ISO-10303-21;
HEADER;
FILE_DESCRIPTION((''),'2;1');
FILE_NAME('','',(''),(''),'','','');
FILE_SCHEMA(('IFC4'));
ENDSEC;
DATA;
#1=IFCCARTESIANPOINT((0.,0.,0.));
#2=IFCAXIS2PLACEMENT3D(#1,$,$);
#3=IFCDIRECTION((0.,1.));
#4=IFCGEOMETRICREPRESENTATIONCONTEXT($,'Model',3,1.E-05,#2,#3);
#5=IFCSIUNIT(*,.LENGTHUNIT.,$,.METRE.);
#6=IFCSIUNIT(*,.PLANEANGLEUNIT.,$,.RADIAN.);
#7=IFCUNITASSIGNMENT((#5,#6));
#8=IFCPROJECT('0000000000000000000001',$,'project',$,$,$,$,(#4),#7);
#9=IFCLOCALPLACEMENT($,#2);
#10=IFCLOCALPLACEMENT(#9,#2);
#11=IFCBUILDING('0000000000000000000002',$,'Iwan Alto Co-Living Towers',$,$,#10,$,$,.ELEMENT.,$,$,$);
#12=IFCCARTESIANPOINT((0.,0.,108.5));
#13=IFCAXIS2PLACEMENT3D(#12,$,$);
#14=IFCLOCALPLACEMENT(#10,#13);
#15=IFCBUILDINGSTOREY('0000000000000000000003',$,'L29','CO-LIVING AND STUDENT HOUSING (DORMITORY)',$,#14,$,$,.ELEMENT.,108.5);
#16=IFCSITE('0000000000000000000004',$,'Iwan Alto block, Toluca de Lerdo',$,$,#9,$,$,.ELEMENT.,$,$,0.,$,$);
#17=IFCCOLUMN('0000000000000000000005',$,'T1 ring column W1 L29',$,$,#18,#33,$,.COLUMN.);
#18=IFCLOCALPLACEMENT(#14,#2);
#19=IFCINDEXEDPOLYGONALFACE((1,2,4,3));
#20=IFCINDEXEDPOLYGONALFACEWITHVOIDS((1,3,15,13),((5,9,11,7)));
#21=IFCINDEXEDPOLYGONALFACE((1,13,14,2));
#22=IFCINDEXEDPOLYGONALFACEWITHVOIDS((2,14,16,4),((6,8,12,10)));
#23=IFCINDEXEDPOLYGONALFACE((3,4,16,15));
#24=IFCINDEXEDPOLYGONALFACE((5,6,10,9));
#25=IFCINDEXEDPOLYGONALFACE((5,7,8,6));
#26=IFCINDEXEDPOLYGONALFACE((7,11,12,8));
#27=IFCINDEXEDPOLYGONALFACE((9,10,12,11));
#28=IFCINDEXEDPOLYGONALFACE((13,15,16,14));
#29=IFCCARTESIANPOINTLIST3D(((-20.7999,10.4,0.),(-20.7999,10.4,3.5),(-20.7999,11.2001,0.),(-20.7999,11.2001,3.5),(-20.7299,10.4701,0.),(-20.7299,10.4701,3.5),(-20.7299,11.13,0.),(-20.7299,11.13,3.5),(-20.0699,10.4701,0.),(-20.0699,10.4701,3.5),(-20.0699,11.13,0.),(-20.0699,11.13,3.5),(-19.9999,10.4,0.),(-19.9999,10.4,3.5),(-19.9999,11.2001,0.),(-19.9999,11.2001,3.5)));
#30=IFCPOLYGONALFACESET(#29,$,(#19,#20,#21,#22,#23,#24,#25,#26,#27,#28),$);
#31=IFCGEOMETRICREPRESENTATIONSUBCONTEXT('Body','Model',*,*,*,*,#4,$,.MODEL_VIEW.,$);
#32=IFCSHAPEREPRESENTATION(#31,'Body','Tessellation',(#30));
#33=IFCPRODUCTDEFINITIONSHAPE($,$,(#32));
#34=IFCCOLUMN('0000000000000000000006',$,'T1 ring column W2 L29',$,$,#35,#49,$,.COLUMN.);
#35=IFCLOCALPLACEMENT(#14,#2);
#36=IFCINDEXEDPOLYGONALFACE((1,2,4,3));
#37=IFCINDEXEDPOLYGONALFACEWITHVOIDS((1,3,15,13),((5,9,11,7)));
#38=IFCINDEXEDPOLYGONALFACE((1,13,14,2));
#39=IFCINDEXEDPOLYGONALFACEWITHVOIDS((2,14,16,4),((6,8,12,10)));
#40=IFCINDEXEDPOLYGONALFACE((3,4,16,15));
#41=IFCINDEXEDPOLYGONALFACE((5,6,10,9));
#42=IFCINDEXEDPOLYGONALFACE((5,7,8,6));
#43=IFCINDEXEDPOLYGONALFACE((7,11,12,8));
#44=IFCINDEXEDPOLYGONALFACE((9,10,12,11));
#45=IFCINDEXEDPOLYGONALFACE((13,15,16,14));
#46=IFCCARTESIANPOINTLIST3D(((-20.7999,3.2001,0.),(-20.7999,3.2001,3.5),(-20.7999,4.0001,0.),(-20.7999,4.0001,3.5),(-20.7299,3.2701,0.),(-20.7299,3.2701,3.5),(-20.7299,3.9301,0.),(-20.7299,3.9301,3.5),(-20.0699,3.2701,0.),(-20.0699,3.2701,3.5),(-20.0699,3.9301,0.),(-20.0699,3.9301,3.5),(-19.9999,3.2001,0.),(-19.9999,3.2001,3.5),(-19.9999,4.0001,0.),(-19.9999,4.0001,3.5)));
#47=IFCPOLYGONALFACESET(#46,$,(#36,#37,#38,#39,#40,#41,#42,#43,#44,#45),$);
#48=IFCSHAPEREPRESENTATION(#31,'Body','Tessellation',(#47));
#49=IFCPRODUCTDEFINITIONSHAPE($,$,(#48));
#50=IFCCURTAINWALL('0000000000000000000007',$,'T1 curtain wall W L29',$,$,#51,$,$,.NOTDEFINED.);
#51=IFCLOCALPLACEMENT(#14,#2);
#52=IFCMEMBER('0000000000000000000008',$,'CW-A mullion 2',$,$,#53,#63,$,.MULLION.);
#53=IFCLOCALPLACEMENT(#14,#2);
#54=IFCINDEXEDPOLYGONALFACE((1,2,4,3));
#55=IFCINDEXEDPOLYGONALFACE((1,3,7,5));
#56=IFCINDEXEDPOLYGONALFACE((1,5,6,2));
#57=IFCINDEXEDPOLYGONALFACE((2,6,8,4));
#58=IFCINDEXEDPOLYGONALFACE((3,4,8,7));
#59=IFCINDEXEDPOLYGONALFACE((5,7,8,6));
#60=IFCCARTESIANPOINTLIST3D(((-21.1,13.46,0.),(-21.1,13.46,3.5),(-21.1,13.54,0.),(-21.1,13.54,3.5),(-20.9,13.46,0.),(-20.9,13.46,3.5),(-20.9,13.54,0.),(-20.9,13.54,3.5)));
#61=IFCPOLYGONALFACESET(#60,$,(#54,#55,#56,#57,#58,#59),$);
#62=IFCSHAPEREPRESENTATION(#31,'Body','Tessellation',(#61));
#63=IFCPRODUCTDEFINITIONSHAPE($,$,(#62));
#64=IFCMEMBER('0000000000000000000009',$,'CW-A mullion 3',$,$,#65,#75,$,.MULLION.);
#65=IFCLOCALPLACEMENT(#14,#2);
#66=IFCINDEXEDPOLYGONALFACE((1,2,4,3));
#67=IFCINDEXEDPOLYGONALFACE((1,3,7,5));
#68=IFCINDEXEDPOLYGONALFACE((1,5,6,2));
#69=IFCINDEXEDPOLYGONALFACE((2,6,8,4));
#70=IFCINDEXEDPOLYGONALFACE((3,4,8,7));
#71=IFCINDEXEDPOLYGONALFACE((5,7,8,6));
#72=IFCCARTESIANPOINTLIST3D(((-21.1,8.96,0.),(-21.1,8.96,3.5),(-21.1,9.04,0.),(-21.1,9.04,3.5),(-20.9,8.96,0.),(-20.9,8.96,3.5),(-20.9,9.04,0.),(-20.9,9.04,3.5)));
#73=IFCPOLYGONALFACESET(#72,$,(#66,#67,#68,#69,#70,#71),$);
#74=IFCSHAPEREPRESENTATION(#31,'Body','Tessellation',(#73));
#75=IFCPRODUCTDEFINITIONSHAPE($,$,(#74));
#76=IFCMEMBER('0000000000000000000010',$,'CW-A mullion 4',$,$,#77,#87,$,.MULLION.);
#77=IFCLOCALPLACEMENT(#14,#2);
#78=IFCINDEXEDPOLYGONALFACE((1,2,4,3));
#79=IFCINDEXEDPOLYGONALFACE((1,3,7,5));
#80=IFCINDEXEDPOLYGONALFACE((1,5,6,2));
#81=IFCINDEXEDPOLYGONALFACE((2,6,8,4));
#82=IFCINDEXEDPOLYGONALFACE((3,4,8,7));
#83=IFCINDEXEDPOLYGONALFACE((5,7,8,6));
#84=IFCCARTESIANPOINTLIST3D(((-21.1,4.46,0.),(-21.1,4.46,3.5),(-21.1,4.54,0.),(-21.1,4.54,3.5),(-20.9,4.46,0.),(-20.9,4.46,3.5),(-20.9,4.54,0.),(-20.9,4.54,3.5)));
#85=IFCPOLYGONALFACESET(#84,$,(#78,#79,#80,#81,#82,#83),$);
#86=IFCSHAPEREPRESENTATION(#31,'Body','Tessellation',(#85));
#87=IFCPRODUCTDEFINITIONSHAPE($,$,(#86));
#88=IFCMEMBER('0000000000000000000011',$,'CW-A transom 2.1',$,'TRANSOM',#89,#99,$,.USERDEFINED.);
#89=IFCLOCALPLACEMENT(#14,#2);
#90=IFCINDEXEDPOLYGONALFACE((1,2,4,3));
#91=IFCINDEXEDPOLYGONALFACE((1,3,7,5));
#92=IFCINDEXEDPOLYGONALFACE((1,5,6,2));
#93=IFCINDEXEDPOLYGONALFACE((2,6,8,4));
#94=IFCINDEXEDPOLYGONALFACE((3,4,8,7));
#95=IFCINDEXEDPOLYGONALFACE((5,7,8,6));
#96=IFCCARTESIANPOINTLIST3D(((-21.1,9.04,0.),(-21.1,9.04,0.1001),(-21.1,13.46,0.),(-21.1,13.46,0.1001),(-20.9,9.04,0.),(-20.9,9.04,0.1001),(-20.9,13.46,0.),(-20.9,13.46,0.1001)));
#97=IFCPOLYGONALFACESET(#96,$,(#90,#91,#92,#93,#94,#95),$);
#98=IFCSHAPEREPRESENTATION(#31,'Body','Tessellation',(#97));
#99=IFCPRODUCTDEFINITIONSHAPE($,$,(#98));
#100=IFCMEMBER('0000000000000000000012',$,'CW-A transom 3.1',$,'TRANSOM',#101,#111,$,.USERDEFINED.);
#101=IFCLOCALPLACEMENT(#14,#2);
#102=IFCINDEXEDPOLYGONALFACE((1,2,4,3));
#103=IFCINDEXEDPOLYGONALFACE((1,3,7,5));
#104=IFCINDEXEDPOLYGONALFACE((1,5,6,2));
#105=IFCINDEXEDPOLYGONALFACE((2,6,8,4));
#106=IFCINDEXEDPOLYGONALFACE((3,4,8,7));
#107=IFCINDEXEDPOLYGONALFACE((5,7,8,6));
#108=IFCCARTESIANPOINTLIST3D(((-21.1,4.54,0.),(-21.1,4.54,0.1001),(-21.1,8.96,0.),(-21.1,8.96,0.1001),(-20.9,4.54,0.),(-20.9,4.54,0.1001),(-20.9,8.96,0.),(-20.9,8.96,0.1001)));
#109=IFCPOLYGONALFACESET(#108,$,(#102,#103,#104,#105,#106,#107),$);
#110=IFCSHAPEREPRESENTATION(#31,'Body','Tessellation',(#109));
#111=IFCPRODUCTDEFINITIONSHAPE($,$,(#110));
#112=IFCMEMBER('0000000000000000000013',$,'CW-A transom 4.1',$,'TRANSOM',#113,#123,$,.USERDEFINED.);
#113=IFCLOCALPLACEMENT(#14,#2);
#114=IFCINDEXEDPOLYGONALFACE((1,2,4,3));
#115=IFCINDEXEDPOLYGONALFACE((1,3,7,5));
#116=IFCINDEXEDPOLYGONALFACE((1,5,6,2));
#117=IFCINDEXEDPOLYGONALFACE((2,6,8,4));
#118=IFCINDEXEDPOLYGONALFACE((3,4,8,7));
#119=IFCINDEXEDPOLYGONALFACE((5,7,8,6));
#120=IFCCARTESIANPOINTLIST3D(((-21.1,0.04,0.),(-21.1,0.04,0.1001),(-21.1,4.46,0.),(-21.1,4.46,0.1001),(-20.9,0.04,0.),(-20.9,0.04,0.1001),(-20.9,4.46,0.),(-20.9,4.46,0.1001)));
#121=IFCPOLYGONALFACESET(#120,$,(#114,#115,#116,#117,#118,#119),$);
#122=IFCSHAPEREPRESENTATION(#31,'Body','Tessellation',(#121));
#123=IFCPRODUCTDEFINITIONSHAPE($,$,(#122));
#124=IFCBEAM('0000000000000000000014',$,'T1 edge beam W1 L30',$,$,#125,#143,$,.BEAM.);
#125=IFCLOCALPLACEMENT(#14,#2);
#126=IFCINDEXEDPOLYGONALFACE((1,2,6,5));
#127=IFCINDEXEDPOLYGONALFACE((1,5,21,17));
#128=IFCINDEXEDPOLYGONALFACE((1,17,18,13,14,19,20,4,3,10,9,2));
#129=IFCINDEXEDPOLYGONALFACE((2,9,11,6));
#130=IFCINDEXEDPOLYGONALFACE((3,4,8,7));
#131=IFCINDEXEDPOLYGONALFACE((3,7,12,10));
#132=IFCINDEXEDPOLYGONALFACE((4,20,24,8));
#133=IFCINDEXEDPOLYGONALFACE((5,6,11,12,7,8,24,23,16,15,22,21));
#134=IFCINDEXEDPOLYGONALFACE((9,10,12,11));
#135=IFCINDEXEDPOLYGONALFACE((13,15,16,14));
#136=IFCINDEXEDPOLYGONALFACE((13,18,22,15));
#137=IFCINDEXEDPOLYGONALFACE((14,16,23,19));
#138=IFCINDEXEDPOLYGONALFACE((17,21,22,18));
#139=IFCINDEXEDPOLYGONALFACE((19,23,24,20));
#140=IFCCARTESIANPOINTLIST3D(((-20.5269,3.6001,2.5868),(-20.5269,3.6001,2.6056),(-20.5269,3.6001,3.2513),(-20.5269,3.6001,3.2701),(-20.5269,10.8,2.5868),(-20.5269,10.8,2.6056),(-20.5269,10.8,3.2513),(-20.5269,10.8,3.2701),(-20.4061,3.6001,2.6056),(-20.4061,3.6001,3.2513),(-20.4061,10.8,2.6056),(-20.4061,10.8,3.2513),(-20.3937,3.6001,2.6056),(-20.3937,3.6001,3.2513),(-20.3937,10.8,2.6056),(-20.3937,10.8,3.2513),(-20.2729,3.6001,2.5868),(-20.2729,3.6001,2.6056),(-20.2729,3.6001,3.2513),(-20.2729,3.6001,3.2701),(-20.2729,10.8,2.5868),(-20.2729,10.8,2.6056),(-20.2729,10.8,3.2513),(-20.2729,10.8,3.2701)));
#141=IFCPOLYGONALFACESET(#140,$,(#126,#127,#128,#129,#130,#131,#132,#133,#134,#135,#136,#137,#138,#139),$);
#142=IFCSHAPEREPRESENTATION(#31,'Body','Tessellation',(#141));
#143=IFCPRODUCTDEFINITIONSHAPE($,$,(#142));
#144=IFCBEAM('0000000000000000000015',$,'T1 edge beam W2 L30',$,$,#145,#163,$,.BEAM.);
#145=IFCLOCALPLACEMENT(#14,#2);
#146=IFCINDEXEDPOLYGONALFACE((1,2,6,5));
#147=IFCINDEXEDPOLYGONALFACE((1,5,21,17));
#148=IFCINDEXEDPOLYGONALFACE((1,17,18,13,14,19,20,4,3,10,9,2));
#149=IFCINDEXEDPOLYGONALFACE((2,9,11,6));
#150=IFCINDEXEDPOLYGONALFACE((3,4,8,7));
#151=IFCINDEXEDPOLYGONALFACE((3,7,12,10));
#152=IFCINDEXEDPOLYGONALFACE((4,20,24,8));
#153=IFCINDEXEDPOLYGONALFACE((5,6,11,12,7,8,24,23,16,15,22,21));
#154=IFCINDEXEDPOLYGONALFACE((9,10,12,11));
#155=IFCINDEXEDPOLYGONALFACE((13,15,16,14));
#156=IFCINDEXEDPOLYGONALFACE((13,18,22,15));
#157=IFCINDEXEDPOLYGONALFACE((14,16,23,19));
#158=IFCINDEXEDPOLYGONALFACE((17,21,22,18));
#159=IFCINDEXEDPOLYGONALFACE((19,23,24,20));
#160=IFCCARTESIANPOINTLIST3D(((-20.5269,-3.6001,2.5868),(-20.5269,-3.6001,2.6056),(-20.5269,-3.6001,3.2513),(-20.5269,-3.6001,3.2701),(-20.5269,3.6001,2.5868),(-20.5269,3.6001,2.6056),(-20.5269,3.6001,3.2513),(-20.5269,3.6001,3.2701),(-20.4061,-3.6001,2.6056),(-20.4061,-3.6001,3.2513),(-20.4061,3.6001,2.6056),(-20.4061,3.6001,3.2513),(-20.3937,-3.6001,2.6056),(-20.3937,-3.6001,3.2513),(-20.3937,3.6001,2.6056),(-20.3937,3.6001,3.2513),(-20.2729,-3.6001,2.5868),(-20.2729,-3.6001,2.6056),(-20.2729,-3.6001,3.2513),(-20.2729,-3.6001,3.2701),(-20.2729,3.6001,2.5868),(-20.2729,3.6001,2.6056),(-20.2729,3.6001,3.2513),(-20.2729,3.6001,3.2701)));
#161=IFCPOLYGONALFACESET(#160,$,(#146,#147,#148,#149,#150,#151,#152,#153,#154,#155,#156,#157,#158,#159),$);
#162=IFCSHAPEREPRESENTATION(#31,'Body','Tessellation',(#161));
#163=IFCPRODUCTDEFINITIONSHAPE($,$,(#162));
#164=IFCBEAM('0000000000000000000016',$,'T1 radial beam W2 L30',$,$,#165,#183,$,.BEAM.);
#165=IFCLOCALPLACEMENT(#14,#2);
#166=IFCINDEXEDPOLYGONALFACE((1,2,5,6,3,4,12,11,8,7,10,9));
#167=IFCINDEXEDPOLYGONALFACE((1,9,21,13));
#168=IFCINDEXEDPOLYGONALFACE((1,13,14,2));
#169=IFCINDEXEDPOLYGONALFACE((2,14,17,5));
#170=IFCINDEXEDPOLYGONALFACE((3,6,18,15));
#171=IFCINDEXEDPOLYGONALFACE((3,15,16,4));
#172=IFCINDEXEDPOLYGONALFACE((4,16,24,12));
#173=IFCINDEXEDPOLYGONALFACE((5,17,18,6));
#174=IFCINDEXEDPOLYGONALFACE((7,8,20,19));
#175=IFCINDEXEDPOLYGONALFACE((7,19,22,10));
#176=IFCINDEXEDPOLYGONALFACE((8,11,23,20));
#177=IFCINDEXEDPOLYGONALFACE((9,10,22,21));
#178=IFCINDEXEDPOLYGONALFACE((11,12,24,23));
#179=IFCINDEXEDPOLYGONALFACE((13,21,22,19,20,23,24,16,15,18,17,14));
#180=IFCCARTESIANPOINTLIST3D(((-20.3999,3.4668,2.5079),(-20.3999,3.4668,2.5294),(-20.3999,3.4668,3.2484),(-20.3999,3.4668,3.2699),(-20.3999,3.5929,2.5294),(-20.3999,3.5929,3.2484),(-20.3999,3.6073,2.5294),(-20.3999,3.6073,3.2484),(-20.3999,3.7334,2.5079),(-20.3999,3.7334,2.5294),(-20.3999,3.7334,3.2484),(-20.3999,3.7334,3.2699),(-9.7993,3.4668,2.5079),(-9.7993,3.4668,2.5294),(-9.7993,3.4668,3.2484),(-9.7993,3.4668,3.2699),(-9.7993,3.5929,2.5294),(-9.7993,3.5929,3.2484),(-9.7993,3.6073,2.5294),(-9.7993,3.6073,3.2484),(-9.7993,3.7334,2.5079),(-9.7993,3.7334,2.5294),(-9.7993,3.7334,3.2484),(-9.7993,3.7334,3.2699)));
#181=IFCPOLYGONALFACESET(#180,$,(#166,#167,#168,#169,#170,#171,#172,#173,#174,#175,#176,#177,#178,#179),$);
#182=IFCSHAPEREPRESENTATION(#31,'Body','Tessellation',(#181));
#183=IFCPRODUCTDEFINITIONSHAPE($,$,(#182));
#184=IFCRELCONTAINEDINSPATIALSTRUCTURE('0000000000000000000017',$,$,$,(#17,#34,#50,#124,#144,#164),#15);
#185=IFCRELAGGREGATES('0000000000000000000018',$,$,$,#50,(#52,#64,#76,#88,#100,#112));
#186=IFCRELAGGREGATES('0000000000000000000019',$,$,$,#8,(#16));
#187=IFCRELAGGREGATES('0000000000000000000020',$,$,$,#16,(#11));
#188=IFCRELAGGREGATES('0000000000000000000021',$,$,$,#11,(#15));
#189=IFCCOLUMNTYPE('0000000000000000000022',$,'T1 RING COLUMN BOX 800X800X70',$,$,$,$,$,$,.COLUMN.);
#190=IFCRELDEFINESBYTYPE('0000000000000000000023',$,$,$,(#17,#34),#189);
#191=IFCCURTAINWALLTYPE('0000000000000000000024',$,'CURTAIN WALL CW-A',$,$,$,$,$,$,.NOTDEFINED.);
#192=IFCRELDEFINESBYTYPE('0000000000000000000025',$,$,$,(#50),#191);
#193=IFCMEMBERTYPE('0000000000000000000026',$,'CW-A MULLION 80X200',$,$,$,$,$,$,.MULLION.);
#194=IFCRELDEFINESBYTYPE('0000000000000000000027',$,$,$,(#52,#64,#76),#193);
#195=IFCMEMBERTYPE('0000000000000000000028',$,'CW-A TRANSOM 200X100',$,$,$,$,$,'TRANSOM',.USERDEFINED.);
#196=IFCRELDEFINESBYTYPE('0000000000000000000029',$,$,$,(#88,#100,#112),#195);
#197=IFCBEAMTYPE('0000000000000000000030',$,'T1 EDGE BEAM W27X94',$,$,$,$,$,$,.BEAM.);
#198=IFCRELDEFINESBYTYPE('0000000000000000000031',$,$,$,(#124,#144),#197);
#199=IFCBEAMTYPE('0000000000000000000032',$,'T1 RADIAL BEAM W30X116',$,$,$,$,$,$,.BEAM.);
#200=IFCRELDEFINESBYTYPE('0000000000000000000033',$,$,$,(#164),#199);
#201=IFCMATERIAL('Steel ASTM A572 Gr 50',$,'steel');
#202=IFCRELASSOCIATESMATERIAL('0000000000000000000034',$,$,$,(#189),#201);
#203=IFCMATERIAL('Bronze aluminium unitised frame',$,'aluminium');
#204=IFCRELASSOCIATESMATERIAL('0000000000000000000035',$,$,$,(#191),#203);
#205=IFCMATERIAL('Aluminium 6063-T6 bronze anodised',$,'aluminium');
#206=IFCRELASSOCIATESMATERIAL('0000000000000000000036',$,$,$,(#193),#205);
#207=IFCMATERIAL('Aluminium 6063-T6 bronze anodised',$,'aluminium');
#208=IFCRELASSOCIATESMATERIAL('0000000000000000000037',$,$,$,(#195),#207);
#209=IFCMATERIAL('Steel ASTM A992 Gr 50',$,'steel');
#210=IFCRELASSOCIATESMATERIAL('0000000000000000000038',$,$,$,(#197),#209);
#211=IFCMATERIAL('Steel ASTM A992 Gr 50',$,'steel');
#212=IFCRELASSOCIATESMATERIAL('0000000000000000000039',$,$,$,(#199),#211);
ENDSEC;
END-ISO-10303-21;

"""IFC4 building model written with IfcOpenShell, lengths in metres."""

from ifc_helpers import new_model, si_unit, direction, frame, origin, origin_2d, place, context, subcontext, project, spatial, rectangle, hollow_rectangle, i_section, extrude, material, material_profile, profile_set, type_object, element, aggregate, save


model = new_model("IFC4")

# Units and contexts
model_context = context("Model", 3, precision=1e-05, world=origin(), true_north=direction((0.0, 1.0)))
body_context = subcontext(model_context, "Body", "Model", "MODEL_VIEW")
ifc_project = project(units=[si_unit("LENGTHUNIT", "METRE"), si_unit("PLANEANGLEUNIT", "RADIAN")], contexts=[model_context])

# Site, building, storey
site_placement = place(None, origin())
site = spatial("IfcSite", under=ifc_project, at=site_placement, Name="Iwan Alto block, Toluca de Lerdo", CompositionType="ELEMENT", RefElevation=0.0)
building_placement = place(site_placement, origin())
building = spatial("IfcBuilding", under=site, at=building_placement, Name="Iwan Alto Co-Living Towers", CompositionType="ELEMENT")
storey_placement = place(building_placement, frame((0.0, 0.0, 108.5)))
storey = spatial("IfcBuildingStorey", under=building, at=storey_placement, Name="L29", Description="CO-LIVING AND STUDENT HOUSING (DORMITORY)", CompositionType="ELEMENT", Elevation=108.5)

# Columns
ifc_material_1 = material(Name="Steel ASTM A572 Gr 50", Category="steel")
ifc_material_profile_1 = material_profile(ifc_material_1, hollow_rectangle(XDim=0.8, YDim=0.8, WallThickness=0.0701, at=origin_2d()), Name="BOX 800X800X70")
ifc_profile_set_1 = profile_set([ifc_material_profile_1], Name="Steel ASTM A572 Gr 50")
column_type = type_object("IfcColumnType", Name="T1 RING COLUMN BOX 800X800X70", PredefinedType="COLUMN", material=ifc_profile_set_1)
for number, where, z_axis, x_axis, name in (
    (1, (-20.3999, 10.8, 0.0), (0.0, 0.0, 1.0), (1.0, 0.0, 0.0), "T1 ring column W1 L29"),
    (2, (-20.3999, 3.6001, 0.0), (0.0, 0.0, 1.0), (1.0, 0.0, 0.0), "T1 ring column W2 L29"),
):
    element("IfcColumn", number, at=place(storey_placement, frame(where, z_axis=z_axis, x_axis=x_axis)), inside=storey, type_object=column_type, Name=name, PredefinedType="COLUMN", context=body_context, shape_type="SweptSolid", body=[
        extrude(hollow_rectangle(XDim=0.8, YDim=0.8, WallThickness=0.0701, at=origin_2d()), origin(), (0.0, 0.0, 1.0), 3.5),
    ])

# Curtain wall, members
ifc_material_2 = material(Name="Bronze aluminium unitised frame", Category="aluminium")
curtain_wall_type = type_object("IfcCurtainWallType", Name="CURTAIN WALL CW-A", PredefinedType="NOTDEFINED", material=ifc_material_2)
curtain_wall_placement = place(storey_placement, origin())
curtain_wall = element("IfcCurtainWall", 3, at=curtain_wall_placement, inside=storey, type_object=curtain_wall_type, Name="T1 curtain wall W L29", PredefinedType="NOTDEFINED")
ifc_material_3 = material(Name="Aluminium 6063-T6 bronze anodised", Category="aluminium")
ifc_material_profile_2 = material_profile(ifc_material_3, rectangle(XDim=0.2, YDim=0.0801, at=origin_2d()), Name="AL 80X200")
ifc_profile_set_2 = profile_set([ifc_material_profile_2], Name="Aluminium 6063-T6 bronze anodised")
member_type_1 = type_object("IfcMemberType", Name="CW-A MULLION 80X200", PredefinedType="MULLION", material=ifc_profile_set_2)
member_1_placement = place(storey_placement, frame((-21.0, 13.5, 0.0), z_axis=(0.0, 0.0, 1.0), x_axis=(1.0, 0.0, 0.0)))
member_1 = element("IfcMember", 4, at=member_1_placement, type_object=member_type_1, Name="CW-A mullion 2", PredefinedType="MULLION", context=body_context, shape_type="SweptSolid", body=[
    extrude(rectangle(XDim=0.2, YDim=0.0801, at=origin_2d()), origin(), (0.0, 0.0, 1.0), 3.5),
])
member_2_placement = place(storey_placement, frame((-21.0, 9.0, 0.0), z_axis=(0.0, 0.0, 1.0), x_axis=(1.0, 0.0, 0.0)))
member_2 = element("IfcMember", 5, at=member_2_placement, type_object=member_type_1, Name="CW-A mullion 3", PredefinedType="MULLION", context=body_context, shape_type="SweptSolid", body=[
    extrude(rectangle(XDim=0.2, YDim=0.0801, at=origin_2d()), origin(), (0.0, 0.0, 1.0), 3.5),
])
member_3_placement = place(storey_placement, frame((-21.0, 4.5, 0.0), z_axis=(0.0, 0.0, 1.0), x_axis=(1.0, 0.0, 0.0)))
member_3 = element("IfcMember", 6, at=member_3_placement, type_object=member_type_1, Name="CW-A mullion 4", PredefinedType="MULLION", context=body_context, shape_type="SweptSolid", body=[
    extrude(rectangle(XDim=0.2, YDim=0.0801, at=origin_2d()), origin(), (0.0, 0.0, 1.0), 3.5),
])
ifc_material_4 = material(Name="Aluminium 6063-T6 bronze anodised", Category="aluminium")
ifc_material_profile_3 = material_profile(ifc_material_4, rectangle(XDim=0.2, YDim=0.1001, at=origin_2d()), Name="AL 200X100")
ifc_profile_set_3 = profile_set([ifc_material_profile_3], Name="Aluminium 6063-T6 bronze anodised")
member_type_2 = type_object("IfcMemberType", Name="CW-A TRANSOM 200X100", ElementType="TRANSOM", PredefinedType="USERDEFINED", material=ifc_profile_set_3)
member_4_placement = place(storey_placement, frame((-21.0, 13.46, 0.05), z_axis=(0.0, -1.0, 0.0), x_axis=(1.0, 0.0, 0.0)))
member_4 = element("IfcMember", 7, at=member_4_placement, type_object=member_type_2, Name="CW-A transom 2.1", ObjectType="TRANSOM", PredefinedType="USERDEFINED", context=body_context, shape_type="SweptSolid", body=[
    extrude(rectangle(XDim=0.2, YDim=0.1001, at=origin_2d()), origin(), (0.0, 0.0, 1.0), 4.4199),
])
member_5_placement = place(storey_placement, frame((-21.0, 8.96, 0.05), z_axis=(0.0, -1.0, 0.0), x_axis=(1.0, 0.0, 0.0)))
member_5 = element("IfcMember", 8, at=member_5_placement, type_object=member_type_2, Name="CW-A transom 3.1", ObjectType="TRANSOM", PredefinedType="USERDEFINED", context=body_context, shape_type="SweptSolid", body=[
    extrude(rectangle(XDim=0.2, YDim=0.1001, at=origin_2d()), origin(), (0.0, 0.0, 1.0), 4.4199),
])
member_6_placement = place(storey_placement, frame((-21.0, 4.46, 0.05), z_axis=(0.0, -1.0, 0.0), x_axis=(1.0, 0.0, 0.0)))
member_6 = element("IfcMember", 9, at=member_6_placement, type_object=member_type_2, Name="CW-A transom 4.1", ObjectType="TRANSOM", PredefinedType="USERDEFINED", context=body_context, shape_type="SweptSolid", body=[
    extrude(rectangle(XDim=0.2, YDim=0.1001, at=origin_2d()), origin(), (0.0, 0.0, 1.0), 4.4199),
])

# Beams
ifc_material_5 = material(Name="Steel ASTM A992 Gr 50", Category="steel")
ifc_material_profile_4 = material_profile(ifc_material_5, i_section(OverallWidth=0.2539, OverallDepth=0.6833, WebThickness=0.0125, FlangeThickness=0.0188, at=origin_2d()), Name="W27X94")
ifc_profile_set_4 = profile_set([ifc_material_profile_4], Name="Steel ASTM A992 Gr 50")
beam_type_1 = type_object("IfcBeamType", Name="T1 EDGE BEAM W27X94", PredefinedType="BEAM", material=ifc_profile_set_4)
beam_1_placement = place(storey_placement, frame((-20.3999, 10.8, 2.9285), z_axis=(0.0, -1.0, 0.0), x_axis=(1.0, 0.0, 0.0)))
element("IfcBeam", 10, at=beam_1_placement, inside=storey, type_object=beam_type_1, Name="T1 edge beam W1 L30", PredefinedType="BEAM", context=body_context, shape_type="SweptSolid", body=[
    extrude(i_section(OverallWidth=0.2539, OverallDepth=0.6833, WebThickness=0.0125, FlangeThickness=0.0188, at=origin_2d()), origin(), (0.0, 0.0, 1.0), 7.2),
])
beam_2_placement = place(storey_placement, frame((-20.3999, 3.6001, 2.9285), z_axis=(0.0, -1.0, 0.0), x_axis=(1.0, 0.0, 0.0)))
element("IfcBeam", 11, at=beam_2_placement, inside=storey, type_object=beam_type_1, Name="T1 edge beam W2 L30", PredefinedType="BEAM", context=body_context, shape_type="SweptSolid", body=[
    extrude(i_section(OverallWidth=0.2539, OverallDepth=0.6833, WebThickness=0.0125, FlangeThickness=0.0188, at=origin_2d()), origin(), (0.0, 0.0, 1.0), 7.2002),
])
ifc_material_6 = material(Name="Steel ASTM A992 Gr 50", Category="steel")
ifc_material_profile_5 = material_profile(ifc_material_6, i_section(OverallWidth=0.2666, OverallDepth=0.762, WebThickness=0.0144, FlangeThickness=0.0215, at=origin_2d()), Name="W30X116")
ifc_profile_set_5 = profile_set([ifc_material_profile_5], Name="Steel ASTM A992 Gr 50")
beam_type_2 = type_object("IfcBeamType", Name="T1 RADIAL BEAM W30X116", PredefinedType="BEAM", material=ifc_profile_set_5)
beam_3_placement = place(storey_placement, frame((-20.3999, 3.6001, 2.8889), z_axis=(1.0, 0.0, 0.0), x_axis=(0.0, 1.0, 0.0)))
element("IfcBeam", 12, at=beam_3_placement, inside=storey, type_object=beam_type_2, Name="T1 radial beam W2 L30", PredefinedType="BEAM", context=body_context, shape_type="SweptSolid", body=[
    extrude(i_section(OverallWidth=0.2666, OverallDepth=0.762, WebThickness=0.0144, FlangeThickness=0.0215, at=origin_2d()), origin(), (0.0, 0.0, 1.0), 10.6006),
])

aggregate(curtain_wall, [member_1, member_2, member_3, member_4, member_5, member_6])

save(model, "model.ifc")
